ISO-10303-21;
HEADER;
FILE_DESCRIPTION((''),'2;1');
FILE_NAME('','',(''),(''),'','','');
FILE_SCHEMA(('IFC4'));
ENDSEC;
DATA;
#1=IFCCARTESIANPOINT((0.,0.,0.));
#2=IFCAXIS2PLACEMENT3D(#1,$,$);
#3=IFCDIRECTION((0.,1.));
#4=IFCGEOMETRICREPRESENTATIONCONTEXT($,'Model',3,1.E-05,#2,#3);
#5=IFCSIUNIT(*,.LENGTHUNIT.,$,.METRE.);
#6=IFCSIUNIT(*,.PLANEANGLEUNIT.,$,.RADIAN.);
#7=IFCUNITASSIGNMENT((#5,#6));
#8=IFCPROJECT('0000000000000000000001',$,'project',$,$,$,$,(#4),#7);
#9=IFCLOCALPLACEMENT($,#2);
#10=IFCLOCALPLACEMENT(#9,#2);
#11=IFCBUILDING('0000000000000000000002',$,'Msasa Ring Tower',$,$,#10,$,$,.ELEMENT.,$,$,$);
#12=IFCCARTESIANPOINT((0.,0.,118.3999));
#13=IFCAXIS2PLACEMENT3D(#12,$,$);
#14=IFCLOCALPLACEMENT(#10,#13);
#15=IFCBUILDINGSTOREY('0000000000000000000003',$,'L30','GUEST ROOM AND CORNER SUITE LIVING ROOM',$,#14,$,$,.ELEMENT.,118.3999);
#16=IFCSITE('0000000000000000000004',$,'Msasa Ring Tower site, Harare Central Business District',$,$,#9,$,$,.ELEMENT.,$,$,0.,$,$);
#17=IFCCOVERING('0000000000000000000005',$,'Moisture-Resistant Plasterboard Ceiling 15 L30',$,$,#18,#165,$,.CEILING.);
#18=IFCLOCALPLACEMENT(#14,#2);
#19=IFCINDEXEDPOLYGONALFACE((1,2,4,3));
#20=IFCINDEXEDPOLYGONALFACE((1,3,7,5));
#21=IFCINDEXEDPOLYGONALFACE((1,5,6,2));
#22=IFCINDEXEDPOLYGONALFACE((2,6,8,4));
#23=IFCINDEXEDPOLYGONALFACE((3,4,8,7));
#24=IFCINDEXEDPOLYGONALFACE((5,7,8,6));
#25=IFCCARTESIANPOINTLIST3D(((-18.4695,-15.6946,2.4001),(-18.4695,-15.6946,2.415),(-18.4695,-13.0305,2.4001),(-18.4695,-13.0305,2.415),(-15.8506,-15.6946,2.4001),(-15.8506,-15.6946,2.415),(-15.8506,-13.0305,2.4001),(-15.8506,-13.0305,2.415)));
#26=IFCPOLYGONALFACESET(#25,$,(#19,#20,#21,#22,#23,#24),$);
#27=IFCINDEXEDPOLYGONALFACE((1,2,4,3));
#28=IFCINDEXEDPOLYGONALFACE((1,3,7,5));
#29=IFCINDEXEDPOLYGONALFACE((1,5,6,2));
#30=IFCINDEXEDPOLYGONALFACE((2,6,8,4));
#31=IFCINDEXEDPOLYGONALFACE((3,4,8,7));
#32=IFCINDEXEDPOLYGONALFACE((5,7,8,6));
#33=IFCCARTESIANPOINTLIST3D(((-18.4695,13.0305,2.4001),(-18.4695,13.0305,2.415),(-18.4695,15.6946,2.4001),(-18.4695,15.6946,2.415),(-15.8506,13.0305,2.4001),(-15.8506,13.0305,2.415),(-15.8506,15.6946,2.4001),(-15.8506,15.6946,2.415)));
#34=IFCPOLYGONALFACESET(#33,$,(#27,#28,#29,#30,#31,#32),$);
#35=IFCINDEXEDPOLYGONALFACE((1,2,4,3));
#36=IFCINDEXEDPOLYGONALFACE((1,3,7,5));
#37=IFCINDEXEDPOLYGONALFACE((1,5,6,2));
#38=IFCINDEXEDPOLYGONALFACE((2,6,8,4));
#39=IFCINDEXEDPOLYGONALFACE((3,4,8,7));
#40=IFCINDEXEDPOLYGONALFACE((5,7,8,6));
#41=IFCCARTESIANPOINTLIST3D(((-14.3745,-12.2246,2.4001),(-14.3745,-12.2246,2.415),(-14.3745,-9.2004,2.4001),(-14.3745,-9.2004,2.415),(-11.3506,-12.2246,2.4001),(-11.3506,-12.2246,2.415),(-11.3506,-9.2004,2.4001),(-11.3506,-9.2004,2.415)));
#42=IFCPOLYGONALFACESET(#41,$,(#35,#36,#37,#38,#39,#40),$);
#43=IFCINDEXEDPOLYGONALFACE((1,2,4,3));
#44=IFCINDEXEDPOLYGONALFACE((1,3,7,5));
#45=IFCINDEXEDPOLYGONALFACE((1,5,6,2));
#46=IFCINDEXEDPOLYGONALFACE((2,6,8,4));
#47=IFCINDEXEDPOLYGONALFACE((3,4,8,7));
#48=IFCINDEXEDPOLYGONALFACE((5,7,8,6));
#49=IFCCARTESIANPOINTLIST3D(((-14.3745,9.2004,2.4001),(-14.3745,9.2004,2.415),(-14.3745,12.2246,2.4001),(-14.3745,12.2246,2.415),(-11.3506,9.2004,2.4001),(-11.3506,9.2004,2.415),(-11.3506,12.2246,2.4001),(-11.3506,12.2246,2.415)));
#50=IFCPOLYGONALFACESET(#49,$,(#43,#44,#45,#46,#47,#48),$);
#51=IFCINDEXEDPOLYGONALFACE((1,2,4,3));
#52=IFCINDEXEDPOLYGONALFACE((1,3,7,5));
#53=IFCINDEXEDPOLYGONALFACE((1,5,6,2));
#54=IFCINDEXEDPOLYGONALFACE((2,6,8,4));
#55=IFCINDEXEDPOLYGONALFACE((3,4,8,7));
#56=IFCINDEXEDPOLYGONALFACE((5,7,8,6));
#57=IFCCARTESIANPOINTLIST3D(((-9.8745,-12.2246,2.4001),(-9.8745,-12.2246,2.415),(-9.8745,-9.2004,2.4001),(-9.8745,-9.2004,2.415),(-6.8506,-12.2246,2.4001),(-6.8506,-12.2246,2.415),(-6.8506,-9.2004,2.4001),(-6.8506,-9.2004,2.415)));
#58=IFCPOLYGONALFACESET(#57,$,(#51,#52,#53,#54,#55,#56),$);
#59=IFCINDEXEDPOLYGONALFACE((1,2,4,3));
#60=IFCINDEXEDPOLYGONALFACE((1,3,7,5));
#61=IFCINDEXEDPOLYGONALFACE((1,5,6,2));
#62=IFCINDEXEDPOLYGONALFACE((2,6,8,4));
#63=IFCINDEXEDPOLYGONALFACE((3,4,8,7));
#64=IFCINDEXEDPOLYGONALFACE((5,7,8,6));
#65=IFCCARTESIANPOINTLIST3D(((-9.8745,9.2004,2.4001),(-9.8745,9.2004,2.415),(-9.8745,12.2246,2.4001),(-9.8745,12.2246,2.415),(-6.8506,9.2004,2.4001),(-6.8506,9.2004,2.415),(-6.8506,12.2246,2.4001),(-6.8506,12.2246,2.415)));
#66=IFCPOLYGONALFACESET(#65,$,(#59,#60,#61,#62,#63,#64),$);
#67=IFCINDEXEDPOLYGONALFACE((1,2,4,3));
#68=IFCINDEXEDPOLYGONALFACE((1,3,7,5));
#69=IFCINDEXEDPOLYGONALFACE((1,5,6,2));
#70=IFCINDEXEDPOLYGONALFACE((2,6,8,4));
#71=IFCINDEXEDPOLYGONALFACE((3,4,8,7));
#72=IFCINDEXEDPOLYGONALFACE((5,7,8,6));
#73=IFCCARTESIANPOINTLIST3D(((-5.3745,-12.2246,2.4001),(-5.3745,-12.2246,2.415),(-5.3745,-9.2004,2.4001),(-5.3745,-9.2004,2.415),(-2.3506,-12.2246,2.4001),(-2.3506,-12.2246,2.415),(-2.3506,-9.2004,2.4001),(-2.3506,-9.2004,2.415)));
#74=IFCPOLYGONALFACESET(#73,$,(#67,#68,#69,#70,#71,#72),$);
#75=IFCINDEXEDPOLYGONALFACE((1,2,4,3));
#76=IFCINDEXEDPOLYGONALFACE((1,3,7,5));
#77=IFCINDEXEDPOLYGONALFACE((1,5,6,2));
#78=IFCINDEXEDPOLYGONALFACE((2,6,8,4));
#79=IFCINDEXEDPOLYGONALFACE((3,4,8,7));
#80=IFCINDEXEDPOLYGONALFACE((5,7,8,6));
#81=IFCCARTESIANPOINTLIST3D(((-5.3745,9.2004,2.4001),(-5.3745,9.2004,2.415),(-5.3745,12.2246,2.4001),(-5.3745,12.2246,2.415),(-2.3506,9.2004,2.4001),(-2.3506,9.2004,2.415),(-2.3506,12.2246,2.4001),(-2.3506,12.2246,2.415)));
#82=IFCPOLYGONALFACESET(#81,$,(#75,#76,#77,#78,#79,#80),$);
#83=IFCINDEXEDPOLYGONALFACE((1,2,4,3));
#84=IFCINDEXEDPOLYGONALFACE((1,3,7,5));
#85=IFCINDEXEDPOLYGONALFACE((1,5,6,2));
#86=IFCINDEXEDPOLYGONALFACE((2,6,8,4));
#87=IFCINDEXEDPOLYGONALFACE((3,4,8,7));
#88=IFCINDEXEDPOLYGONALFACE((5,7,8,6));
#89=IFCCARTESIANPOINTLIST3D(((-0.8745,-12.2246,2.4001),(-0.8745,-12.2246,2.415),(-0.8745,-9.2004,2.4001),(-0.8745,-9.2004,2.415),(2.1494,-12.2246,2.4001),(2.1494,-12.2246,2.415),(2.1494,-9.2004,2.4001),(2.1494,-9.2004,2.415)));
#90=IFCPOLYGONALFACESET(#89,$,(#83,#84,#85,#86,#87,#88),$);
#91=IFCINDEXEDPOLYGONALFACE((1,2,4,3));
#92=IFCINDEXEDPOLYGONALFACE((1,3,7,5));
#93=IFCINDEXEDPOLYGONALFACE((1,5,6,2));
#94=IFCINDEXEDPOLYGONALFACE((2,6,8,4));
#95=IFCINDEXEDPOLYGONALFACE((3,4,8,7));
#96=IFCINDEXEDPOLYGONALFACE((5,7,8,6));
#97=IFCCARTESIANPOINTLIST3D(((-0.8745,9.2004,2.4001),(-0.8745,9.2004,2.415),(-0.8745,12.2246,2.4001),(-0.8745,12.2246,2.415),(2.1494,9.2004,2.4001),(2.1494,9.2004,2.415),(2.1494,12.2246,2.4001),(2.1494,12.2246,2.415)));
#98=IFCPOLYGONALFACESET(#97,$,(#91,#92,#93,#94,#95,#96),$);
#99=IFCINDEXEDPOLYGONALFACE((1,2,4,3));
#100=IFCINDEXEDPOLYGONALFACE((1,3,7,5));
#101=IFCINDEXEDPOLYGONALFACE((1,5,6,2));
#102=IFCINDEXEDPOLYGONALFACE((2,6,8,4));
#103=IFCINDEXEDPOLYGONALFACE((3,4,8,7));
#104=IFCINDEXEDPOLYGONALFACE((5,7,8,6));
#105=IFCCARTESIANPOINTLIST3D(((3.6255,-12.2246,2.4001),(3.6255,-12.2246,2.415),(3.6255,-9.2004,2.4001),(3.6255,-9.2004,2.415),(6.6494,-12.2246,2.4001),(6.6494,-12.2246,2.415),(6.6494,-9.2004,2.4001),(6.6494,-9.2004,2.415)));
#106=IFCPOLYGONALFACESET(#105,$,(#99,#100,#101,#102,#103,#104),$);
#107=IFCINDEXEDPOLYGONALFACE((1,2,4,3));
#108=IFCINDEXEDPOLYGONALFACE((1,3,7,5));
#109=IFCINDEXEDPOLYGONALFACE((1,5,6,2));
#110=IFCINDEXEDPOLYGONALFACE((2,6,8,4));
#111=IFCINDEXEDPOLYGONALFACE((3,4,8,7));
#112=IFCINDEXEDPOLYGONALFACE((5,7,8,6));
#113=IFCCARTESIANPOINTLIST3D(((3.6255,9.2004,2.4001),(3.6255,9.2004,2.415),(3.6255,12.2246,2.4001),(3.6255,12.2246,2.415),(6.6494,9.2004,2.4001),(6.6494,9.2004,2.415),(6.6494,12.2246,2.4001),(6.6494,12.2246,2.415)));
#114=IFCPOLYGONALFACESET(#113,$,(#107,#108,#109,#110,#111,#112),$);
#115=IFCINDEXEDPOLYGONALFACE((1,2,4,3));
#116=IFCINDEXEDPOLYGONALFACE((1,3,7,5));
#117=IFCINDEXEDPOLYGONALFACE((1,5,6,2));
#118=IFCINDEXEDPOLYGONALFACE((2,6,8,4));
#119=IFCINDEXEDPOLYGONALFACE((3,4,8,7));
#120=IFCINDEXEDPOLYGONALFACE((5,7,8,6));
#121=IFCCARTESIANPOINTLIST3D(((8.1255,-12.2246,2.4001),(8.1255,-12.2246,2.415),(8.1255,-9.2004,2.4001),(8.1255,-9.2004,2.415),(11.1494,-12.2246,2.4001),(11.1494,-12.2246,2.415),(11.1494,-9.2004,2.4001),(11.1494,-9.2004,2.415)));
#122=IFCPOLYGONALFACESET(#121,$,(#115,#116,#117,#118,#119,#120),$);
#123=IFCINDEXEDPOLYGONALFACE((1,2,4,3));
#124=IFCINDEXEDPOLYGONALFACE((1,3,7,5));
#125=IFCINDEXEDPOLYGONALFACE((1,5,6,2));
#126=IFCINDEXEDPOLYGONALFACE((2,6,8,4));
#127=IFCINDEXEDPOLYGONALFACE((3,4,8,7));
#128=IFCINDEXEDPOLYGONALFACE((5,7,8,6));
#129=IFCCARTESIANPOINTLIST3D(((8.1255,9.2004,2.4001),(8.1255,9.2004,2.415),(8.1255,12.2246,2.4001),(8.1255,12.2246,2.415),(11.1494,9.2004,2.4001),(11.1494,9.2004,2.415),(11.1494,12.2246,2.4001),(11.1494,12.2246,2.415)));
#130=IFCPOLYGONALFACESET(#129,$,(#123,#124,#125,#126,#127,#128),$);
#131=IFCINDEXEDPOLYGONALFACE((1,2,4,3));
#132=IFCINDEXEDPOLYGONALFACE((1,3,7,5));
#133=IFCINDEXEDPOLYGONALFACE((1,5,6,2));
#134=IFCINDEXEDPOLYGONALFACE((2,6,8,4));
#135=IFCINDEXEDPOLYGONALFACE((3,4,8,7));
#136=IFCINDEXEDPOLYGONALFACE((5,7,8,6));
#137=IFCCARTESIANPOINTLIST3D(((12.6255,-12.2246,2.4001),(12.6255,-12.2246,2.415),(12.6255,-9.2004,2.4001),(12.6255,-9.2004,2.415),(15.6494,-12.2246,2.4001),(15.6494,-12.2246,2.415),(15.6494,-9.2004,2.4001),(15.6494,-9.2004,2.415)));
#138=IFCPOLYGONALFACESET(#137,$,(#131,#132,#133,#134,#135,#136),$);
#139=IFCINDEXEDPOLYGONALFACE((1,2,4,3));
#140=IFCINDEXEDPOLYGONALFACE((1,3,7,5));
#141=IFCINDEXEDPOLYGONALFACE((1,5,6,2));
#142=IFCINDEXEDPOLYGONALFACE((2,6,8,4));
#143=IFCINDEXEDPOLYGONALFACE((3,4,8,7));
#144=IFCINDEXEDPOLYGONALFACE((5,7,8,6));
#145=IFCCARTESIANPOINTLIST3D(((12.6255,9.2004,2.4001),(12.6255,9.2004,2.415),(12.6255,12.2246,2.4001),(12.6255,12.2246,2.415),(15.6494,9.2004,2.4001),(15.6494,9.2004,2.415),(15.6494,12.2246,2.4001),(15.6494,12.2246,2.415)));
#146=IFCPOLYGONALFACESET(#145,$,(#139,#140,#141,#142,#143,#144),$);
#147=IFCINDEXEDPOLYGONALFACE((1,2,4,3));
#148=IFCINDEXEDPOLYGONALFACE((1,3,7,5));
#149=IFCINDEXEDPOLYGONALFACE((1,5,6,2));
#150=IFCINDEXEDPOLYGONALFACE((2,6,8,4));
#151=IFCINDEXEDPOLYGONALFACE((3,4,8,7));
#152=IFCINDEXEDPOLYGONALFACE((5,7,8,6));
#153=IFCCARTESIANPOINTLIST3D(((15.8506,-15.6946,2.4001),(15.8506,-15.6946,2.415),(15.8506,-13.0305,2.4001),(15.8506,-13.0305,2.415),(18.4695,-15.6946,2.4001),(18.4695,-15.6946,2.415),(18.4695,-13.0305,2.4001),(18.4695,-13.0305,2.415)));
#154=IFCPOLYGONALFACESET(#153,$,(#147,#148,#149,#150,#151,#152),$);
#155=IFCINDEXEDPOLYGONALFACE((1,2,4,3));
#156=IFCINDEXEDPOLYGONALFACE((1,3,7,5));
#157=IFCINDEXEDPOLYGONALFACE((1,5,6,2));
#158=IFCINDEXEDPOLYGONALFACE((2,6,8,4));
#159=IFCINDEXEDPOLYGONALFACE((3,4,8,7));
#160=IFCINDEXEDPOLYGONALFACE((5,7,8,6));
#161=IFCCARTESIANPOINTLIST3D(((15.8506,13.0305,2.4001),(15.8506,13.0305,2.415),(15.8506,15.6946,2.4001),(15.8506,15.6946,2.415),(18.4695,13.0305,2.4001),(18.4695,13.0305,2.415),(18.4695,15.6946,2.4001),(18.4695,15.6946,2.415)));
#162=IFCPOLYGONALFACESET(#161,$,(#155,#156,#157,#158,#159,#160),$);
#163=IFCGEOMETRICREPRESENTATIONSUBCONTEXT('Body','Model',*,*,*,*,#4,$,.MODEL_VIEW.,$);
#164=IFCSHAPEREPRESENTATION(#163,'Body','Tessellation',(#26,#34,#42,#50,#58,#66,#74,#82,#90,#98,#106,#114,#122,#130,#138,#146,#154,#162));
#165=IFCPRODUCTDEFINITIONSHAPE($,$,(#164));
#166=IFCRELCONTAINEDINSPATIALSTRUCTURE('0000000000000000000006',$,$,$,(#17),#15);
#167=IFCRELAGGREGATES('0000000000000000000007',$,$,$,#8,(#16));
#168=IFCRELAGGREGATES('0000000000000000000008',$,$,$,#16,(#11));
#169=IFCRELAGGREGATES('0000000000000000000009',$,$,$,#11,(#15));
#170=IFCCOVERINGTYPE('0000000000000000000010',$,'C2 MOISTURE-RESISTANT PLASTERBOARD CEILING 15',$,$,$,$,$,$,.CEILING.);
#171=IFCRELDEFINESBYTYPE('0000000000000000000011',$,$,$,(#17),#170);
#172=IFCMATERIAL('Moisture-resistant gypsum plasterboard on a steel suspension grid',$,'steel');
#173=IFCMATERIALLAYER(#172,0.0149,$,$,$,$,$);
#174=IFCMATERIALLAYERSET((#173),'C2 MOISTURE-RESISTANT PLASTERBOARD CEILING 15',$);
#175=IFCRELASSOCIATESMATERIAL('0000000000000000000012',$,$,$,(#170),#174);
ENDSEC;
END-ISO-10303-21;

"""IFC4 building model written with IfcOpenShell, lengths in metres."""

from ifc_helpers import new_model, si_unit, direction, frame, origin, place, context, subcontext, project, spatial, line, indexed_curve, outline, extrude, material, layer, layer_set, type_object, element, save


model = new_model("IFC4")

# Units and contexts
model_context = context("Model", 3, precision=1e-05, world=origin(), true_north=direction((0.0, 1.0)))
body_context = subcontext(model_context, "Body", "Model", "MODEL_VIEW")
ifc_project = project(units=[si_unit("LENGTHUNIT", "METRE"), si_unit("PLANEANGLEUNIT", "RADIAN")], contexts=[model_context])

# Site, building, storey
site_placement = place(None, origin())
site = spatial("IfcSite", under=ifc_project, at=site_placement, Name="Msasa Ring Tower site, Harare Central Business District", CompositionType="ELEMENT", RefElevation=0.0)
building_placement = place(site_placement, origin())
building = spatial("IfcBuilding", under=site, at=building_placement, Name="Msasa Ring Tower", CompositionType="ELEMENT")
storey_placement = place(building_placement, frame((0.0, 0.0, 118.3999)))
storey = spatial("IfcBuildingStorey", under=building, at=storey_placement, Name="L30", Description="GUEST ROOM AND CORNER SUITE LIVING ROOM", CompositionType="ELEMENT", Elevation=118.3999)

# Covering
ifc_material_1 = material(Name="Moisture-resistant gypsum plasterboard on a steel suspension grid", Category="steel")
ifc_layer_1 = layer(ifc_material_1, 0.0149)
ifc_layer_set_1 = layer_set([ifc_layer_1], Name="C2 MOISTURE-RESISTANT PLASTERBOARD CEILING 15")
covering_type_1 = type_object("IfcCoveringType", Name="C2 MOISTURE-RESISTANT PLASTERBOARD CEILING 15", PredefinedType="CEILING", material=ifc_layer_set_1)
covering_1_placement = place(storey_placement, frame((0.0, 0.0, 2.4001)))
element("IfcCovering", 1, at=covering_1_placement, inside=storey, type_object=covering_type_1, Name="Moisture-Resistant Plasterboard Ceiling 15 L30", PredefinedType="CEILING", context=body_context, shape_type="SweptSolid", body=[
    extrude(outline(indexed_curve([(-18.4695, -13.0305), (-15.8506, -13.0305), (-15.8506, -15.6946), (-18.4695, -15.6946)], segments=[line(1, 2, 3, 4, 1)], self_intersect=False)), origin(), (0.0, 0.0, 1.0), 0.0149),
    extrude(outline(indexed_curve([(-15.8506, 15.6946), (-15.8506, 13.0305), (-18.4695, 13.0305), (-18.4695, 15.6946)], segments=[line(1, 2, 3, 4, 1)], self_intersect=False)), origin(), (0.0, 0.0, 1.0), 0.0149),
    extrude(outline(indexed_curve([(-11.3506, -9.2004), (-11.3506, -12.2246), (-14.3745, -12.2246), (-14.3745, -9.2004)], segments=[line(1, 2, 3, 4, 1)], self_intersect=False)), origin(), (0.0, 0.0, 1.0), 0.0149),
    extrude(outline(indexed_curve([(-11.3506, 9.2004), (-14.3745, 9.2004), (-14.3745, 12.2246), (-11.3506, 12.2246)], segments=[line(1, 2, 3, 4, 1)], self_intersect=False)), origin(), (0.0, 0.0, 1.0), 0.0149),
    extrude(outline(indexed_curve([(-6.8506, -9.2004), (-6.8506, -12.2246), (-9.8745, -12.2246), (-9.8745, -9.2004)], segments=[line(1, 2, 3, 4, 1)], self_intersect=False)), origin(), (0.0, 0.0, 1.0), 0.0149),
    extrude(outline(indexed_curve([(-6.8506, 9.2004), (-9.8745, 9.2004), (-9.8745, 12.2246), (-6.8506, 12.2246)], segments=[line(1, 2, 3, 4, 1)], self_intersect=False)), origin(), (0.0, 0.0, 1.0), 0.0149),
    extrude(outline(indexed_curve([(-2.3506, -9.2004), (-2.3506, -12.2246), (-5.3745, -12.2246), (-5.3745, -9.2004)], segments=[line(1, 2, 3, 4, 1)], self_intersect=False)), origin(), (0.0, 0.0, 1.0), 0.0149),
    extrude(outline(indexed_curve([(-2.3506, 9.2004), (-5.3745, 9.2004), (-5.3745, 12.2246), (-2.3506, 12.2246)], segments=[line(1, 2, 3, 4, 1)], self_intersect=False)), origin(), (0.0, 0.0, 1.0), 0.0149),
    extrude(outline(indexed_curve([(2.1494, -9.2004), (2.1494, -12.2246), (-0.8745, -12.2246), (-0.8745, -9.2004)], segments=[line(1, 2, 3, 4, 1)], self_intersect=False)), origin(), (0.0, 0.0, 1.0), 0.0149),
    extrude(outline(indexed_curve([(2.1494, 9.2004), (-0.8745, 9.2004), (-0.8745, 12.2246), (2.1494, 12.2246)], segments=[line(1, 2, 3, 4, 1)], self_intersect=False)), origin(), (0.0, 0.0, 1.0), 0.0149),
    extrude(outline(indexed_curve([(6.6494, -9.2004), (6.6494, -12.2246), (3.6255, -12.2246), (3.6255, -9.2004)], segments=[line(1, 2, 3, 4, 1)], self_intersect=False)), origin(), (0.0, 0.0, 1.0), 0.0149),
    extrude(outline(indexed_curve([(6.6494, 9.2004), (3.6255, 9.2004), (3.6255, 12.2246), (6.6494, 12.2246)], segments=[line(1, 2, 3, 4, 1)], self_intersect=False)), origin(), (0.0, 0.0, 1.0), 0.0149),
    extrude(outline(indexed_curve([(11.1494, -9.2004), (11.1494, -12.2246), (8.1255, -12.2246), (8.1255, -9.2004)], segments=[line(1, 2, 3, 4, 1)], self_intersect=False)), origin(), (0.0, 0.0, 1.0), 0.0149),
    extrude(outline(indexed_curve([(11.1494, 9.2004), (8.1255, 9.2004), (8.1255, 12.2246), (11.1494, 12.2246)], segments=[line(1, 2, 3, 4, 1)], self_intersect=False)), origin(), (0.0, 0.0, 1.0), 0.0149),
    extrude(outline(indexed_curve([(15.6494, -9.2004), (15.6494, -12.2246), (12.6255, -12.2246), (12.6255, -9.2004)], segments=[line(1, 2, 3, 4, 1)], self_intersect=False)), origin(), (0.0, 0.0, 1.0), 0.0149),
    extrude(outline(indexed_curve([(15.6494, 9.2004), (12.6255, 9.2004), (12.6255, 12.2246), (15.6494, 12.2246)], segments=[line(1, 2, 3, 4, 1)], self_intersect=False)), origin(), (0.0, 0.0, 1.0), 0.0149),
    extrude(outline(indexed_curve([(15.8506, -13.0305), (18.4695, -13.0305), (18.4695, -15.6946), (15.8506, -15.6946)], segments=[line(1, 2, 3, 4, 1)], self_intersect=False)), origin(), (0.0, 0.0, 1.0), 0.0149),
    extrude(outline(indexed_curve([(18.4695, 15.6946), (18.4695, 13.0305), (15.8506, 13.0305), (15.8506, 15.6946)], segments=[line(1, 2, 3, 4, 1)], self_intersect=False)), origin(), (0.0, 0.0, 1.0), 0.0149),
])

save(model, "model.ifc")
